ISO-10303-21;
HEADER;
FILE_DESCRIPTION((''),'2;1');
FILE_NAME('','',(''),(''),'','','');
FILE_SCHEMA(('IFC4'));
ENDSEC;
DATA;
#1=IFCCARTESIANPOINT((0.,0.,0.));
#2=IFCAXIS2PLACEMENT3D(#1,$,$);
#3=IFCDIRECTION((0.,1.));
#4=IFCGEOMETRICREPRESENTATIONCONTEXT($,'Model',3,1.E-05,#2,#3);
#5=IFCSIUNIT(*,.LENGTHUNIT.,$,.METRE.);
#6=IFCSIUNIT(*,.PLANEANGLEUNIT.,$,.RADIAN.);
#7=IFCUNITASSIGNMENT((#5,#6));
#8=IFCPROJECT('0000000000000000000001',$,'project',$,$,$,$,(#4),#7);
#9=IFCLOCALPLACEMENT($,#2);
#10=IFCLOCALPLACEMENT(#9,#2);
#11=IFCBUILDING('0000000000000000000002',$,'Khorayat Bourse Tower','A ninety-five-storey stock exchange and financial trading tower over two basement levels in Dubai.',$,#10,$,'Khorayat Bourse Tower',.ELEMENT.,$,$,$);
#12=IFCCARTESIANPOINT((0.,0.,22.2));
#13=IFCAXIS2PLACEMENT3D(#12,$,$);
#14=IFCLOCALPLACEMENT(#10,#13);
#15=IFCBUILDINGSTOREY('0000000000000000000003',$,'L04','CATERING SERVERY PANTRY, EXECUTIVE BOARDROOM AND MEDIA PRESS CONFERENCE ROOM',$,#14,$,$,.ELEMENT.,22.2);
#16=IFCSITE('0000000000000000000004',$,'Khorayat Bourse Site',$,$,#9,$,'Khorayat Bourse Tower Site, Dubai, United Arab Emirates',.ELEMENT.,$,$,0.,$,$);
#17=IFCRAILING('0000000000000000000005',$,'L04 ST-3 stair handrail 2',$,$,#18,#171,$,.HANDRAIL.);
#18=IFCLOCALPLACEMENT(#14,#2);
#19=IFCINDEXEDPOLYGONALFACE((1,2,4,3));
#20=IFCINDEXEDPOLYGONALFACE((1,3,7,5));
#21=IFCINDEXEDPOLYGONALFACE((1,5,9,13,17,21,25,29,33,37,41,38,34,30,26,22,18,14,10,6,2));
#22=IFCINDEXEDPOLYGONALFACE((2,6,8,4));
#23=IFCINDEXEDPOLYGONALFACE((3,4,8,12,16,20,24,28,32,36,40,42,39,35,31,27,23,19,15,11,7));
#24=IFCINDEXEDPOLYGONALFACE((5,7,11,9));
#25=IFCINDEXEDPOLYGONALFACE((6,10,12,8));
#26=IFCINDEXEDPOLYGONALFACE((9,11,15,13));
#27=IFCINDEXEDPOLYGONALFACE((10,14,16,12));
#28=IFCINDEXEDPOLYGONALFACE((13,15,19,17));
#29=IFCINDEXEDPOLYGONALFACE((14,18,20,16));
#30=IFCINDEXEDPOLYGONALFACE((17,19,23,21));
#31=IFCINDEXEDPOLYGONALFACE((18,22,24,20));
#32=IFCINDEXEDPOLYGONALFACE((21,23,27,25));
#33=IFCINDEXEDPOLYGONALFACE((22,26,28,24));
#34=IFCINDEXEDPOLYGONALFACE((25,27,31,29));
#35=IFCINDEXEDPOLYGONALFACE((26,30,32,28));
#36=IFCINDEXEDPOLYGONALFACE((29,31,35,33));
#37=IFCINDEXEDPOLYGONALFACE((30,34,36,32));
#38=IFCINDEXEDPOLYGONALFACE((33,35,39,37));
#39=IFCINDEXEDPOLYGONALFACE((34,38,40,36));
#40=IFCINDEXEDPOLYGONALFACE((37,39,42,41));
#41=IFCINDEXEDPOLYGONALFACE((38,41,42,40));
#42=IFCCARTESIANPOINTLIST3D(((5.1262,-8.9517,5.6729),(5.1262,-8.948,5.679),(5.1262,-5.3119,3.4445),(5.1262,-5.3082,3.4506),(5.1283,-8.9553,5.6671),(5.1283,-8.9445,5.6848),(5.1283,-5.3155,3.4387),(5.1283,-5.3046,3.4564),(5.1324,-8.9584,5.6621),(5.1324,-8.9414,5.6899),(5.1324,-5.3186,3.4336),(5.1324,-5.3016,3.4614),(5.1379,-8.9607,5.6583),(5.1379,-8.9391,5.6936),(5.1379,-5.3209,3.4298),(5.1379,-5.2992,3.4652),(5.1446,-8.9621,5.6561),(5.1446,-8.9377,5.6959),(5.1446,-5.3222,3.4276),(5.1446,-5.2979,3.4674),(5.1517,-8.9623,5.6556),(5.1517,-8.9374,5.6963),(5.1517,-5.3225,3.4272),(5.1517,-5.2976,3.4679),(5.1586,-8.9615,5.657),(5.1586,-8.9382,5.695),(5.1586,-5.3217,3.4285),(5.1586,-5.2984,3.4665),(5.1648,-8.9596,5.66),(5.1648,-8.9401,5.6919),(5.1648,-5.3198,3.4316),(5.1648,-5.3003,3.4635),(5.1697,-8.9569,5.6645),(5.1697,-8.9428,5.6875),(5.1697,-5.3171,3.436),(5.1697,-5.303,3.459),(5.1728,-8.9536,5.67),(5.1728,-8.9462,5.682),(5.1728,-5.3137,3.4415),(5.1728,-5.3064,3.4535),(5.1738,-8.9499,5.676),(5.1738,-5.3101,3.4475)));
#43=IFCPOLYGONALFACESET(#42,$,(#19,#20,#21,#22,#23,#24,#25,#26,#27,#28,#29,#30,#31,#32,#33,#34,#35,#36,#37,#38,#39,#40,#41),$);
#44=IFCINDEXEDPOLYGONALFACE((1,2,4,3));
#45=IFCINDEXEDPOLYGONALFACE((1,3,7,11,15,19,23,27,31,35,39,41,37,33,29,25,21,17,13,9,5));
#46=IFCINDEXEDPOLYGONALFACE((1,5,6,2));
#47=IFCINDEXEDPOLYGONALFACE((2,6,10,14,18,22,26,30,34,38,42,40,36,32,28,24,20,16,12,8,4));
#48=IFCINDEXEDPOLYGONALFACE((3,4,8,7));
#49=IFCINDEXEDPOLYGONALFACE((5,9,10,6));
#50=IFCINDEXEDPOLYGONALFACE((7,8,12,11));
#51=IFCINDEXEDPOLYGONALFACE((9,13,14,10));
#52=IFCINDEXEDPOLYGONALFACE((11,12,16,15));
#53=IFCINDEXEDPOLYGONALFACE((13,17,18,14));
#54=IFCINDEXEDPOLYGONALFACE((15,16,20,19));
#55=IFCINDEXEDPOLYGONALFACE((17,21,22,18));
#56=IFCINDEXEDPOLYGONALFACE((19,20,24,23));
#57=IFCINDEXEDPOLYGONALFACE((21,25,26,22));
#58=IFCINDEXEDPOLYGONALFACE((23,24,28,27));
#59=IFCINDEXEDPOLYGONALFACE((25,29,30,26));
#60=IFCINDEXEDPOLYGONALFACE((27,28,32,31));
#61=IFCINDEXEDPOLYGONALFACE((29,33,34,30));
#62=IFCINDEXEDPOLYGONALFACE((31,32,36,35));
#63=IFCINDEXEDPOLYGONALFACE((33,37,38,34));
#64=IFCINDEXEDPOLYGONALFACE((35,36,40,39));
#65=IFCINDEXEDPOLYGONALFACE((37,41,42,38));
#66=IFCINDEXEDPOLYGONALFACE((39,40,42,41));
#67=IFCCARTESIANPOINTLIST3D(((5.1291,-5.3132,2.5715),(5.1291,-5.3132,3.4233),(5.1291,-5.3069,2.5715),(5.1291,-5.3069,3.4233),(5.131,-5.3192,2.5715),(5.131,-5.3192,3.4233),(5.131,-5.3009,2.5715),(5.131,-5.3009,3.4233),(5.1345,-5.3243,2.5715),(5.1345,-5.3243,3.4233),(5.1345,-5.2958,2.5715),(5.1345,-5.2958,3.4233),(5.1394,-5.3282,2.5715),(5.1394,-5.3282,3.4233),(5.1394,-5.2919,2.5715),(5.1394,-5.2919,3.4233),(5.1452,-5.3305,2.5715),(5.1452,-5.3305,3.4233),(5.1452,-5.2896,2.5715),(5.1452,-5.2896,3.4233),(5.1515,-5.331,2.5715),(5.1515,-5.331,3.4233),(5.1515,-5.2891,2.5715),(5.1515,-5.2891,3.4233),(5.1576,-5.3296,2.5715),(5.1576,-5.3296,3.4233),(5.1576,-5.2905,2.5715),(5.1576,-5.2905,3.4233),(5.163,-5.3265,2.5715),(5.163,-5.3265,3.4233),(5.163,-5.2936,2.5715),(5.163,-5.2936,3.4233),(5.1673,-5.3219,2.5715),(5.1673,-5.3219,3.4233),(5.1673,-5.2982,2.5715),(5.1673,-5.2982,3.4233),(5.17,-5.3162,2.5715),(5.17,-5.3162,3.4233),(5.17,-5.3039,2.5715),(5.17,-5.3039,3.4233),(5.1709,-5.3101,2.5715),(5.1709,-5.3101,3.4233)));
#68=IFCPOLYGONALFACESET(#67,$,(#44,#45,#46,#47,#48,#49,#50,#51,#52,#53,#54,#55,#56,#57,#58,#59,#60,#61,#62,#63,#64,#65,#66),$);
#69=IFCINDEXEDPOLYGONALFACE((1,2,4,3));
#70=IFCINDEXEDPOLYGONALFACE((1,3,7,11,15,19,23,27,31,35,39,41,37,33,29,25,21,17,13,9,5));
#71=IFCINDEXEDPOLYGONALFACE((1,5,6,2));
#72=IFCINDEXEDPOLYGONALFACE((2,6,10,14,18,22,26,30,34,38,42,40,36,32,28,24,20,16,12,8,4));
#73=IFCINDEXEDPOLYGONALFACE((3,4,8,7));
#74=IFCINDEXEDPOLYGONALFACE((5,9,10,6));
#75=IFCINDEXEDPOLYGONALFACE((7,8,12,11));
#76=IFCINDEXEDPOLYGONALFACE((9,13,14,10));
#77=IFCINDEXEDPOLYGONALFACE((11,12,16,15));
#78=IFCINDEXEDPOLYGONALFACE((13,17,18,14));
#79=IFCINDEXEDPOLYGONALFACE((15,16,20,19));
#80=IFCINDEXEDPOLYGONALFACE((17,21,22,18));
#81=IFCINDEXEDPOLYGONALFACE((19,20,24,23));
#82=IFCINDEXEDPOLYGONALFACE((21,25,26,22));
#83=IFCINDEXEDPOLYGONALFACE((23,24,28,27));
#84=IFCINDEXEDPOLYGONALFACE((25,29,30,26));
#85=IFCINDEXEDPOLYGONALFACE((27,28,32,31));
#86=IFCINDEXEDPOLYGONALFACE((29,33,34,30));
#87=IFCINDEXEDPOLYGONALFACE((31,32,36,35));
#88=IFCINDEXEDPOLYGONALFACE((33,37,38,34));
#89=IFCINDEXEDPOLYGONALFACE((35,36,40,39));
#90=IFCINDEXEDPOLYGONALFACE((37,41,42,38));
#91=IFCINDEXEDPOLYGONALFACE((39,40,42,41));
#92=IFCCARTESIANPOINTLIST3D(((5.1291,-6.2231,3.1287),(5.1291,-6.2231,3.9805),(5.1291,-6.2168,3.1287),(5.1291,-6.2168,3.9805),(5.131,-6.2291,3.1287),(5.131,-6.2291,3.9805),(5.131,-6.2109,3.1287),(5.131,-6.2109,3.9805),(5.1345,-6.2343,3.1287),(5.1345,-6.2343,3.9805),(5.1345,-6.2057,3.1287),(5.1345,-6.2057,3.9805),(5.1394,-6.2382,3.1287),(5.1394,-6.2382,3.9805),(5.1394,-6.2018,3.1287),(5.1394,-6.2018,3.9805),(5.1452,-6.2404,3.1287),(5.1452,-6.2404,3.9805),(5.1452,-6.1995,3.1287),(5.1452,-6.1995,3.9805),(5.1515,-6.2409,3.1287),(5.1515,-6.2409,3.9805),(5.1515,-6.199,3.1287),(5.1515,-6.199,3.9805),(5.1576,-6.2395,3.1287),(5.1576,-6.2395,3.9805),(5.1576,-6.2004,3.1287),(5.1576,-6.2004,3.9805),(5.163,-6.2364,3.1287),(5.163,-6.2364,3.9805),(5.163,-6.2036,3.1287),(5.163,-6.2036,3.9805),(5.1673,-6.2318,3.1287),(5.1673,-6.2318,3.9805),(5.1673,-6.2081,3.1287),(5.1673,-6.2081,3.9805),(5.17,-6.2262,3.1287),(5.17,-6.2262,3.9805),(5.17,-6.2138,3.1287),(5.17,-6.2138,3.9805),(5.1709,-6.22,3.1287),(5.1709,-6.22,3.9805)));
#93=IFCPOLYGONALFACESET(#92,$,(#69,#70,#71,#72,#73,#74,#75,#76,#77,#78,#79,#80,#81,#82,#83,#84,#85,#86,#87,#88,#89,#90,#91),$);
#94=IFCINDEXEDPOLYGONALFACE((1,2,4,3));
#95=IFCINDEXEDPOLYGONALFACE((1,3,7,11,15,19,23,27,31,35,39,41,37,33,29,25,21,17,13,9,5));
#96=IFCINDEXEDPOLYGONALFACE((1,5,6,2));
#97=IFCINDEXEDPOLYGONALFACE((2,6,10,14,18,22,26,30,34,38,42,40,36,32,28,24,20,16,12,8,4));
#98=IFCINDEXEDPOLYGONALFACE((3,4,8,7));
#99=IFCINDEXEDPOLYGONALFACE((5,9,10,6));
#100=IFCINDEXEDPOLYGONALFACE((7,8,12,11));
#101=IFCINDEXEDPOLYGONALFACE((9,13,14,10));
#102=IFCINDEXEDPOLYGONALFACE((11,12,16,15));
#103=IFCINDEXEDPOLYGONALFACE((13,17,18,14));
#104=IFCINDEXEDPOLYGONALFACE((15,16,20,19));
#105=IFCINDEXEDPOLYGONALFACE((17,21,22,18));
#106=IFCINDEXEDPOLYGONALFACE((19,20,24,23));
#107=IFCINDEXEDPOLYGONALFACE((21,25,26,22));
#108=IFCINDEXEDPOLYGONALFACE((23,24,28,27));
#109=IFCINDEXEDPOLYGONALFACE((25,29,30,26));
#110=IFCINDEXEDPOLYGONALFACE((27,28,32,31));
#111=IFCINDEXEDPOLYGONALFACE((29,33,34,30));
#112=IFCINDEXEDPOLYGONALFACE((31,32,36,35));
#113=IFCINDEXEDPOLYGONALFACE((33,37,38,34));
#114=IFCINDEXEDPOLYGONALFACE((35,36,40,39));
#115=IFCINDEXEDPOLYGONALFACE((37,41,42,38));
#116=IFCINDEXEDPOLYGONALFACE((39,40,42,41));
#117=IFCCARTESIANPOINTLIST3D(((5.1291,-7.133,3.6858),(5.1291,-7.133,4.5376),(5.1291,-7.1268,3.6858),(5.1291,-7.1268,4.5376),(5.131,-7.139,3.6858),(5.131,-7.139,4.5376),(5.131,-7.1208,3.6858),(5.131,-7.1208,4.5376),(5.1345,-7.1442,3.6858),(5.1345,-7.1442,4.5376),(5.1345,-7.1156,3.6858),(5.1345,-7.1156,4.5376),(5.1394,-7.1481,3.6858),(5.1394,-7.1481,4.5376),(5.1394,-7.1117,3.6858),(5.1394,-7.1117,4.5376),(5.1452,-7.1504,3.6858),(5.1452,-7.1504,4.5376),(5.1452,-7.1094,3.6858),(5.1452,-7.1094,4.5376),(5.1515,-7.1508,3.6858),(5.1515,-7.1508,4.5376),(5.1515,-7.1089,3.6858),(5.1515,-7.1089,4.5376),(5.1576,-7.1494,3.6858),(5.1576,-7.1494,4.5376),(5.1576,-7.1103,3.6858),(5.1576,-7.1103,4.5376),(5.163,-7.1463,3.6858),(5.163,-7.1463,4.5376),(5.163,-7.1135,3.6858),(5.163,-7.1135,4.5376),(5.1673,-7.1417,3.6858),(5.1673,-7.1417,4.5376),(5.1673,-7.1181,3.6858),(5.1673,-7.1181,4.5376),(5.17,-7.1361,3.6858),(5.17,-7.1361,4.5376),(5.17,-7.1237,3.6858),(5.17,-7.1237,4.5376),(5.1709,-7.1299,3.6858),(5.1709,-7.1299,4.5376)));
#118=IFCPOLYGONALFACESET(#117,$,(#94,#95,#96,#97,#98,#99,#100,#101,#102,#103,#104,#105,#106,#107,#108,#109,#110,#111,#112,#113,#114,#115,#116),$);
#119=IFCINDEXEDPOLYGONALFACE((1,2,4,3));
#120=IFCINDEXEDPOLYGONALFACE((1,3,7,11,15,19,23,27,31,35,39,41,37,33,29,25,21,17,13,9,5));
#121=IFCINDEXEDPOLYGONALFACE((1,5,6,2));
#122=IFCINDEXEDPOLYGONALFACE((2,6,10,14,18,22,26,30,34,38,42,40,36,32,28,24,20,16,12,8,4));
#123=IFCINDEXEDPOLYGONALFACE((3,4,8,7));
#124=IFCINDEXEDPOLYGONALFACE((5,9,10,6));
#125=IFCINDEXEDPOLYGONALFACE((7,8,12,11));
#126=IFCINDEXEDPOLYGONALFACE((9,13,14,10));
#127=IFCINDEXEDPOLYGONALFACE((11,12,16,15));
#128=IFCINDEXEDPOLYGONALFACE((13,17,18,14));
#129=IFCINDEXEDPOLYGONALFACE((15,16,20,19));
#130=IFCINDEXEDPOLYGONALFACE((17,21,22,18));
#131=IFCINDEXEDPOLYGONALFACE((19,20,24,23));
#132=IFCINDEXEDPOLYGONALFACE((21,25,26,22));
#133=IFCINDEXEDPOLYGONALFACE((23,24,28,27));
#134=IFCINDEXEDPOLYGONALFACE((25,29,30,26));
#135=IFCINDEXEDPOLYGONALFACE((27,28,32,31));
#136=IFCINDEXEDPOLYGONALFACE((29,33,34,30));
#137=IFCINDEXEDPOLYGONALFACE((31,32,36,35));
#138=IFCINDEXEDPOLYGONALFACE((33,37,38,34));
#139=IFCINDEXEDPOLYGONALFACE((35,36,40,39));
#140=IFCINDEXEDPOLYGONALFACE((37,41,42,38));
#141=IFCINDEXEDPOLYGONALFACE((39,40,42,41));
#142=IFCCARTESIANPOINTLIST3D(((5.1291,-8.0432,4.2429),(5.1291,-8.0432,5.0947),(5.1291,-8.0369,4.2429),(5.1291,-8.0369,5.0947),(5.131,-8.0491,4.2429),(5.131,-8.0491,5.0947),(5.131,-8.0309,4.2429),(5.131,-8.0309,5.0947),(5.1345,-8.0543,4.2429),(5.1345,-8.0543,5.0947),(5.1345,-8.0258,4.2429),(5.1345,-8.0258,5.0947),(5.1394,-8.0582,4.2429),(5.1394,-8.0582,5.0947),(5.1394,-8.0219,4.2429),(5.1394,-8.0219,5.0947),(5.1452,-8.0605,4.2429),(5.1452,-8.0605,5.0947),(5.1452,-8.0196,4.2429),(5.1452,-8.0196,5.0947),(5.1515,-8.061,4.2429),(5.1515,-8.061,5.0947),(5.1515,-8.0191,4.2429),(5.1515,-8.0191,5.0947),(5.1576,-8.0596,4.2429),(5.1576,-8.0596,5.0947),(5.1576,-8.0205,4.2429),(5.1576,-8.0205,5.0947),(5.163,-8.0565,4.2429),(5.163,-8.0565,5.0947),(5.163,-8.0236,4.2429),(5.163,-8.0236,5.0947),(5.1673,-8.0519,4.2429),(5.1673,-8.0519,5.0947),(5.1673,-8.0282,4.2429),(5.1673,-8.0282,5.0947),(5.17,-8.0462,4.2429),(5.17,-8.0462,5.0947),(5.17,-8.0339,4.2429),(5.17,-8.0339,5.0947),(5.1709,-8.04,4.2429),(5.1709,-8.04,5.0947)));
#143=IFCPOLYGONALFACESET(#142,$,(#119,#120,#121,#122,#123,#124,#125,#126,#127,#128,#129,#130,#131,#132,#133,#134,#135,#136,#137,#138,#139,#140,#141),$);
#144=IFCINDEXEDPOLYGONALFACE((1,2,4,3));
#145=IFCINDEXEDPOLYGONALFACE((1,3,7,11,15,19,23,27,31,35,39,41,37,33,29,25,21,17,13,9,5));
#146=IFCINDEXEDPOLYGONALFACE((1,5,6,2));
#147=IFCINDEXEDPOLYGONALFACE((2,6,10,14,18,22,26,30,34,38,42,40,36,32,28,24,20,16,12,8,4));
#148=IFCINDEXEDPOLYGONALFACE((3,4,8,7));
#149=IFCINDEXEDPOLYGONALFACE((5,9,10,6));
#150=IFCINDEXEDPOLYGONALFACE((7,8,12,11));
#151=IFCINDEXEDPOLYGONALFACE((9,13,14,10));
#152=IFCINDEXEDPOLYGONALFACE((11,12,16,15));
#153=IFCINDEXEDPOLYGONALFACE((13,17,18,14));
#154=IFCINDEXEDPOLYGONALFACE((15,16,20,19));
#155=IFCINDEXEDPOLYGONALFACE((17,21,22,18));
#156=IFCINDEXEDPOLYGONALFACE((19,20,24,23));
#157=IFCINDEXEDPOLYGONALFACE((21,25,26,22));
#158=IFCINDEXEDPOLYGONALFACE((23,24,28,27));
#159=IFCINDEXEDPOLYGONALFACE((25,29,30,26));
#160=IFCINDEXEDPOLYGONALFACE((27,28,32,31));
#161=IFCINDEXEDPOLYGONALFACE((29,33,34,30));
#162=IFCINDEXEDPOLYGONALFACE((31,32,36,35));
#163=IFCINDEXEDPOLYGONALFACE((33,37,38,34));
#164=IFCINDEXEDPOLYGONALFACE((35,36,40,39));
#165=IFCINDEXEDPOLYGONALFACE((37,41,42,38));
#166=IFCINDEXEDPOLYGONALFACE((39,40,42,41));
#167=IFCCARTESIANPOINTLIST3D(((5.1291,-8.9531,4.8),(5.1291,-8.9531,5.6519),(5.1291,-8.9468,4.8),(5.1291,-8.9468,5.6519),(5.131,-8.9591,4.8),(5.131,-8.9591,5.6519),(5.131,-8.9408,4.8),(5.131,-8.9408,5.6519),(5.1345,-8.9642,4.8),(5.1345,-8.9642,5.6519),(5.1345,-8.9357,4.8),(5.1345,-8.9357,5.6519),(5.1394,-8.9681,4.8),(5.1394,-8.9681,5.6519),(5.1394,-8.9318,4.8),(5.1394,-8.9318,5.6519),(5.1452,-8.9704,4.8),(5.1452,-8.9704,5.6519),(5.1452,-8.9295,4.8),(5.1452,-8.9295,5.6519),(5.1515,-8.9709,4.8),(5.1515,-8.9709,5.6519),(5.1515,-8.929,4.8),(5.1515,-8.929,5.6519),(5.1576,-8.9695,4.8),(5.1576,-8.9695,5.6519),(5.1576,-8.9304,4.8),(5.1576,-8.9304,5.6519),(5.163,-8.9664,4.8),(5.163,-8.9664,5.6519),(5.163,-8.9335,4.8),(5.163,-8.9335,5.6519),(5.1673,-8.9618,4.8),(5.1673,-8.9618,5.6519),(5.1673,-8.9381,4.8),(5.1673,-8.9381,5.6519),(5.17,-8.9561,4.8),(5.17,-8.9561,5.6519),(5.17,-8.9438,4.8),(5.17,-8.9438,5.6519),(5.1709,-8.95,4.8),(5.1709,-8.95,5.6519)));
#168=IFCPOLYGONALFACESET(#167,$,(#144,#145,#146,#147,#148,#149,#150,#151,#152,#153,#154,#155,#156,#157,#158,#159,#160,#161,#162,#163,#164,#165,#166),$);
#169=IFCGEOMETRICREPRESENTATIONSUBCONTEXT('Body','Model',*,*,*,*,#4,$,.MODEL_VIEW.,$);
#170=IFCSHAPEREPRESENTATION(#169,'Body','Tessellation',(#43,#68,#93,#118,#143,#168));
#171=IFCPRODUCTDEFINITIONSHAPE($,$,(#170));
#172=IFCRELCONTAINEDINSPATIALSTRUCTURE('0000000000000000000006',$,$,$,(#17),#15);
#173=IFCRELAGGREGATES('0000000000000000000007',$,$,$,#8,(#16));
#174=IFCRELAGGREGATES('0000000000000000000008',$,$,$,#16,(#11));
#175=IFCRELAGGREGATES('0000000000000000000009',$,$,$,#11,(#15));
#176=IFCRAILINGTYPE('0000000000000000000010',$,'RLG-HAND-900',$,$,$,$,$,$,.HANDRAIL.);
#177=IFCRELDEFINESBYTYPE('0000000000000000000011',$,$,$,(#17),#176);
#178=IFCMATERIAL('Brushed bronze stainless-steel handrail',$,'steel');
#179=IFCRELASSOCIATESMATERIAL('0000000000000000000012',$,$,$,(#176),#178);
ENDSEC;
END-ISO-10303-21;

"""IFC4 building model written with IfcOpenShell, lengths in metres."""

from ifc_helpers import new_model, si_unit, direction, frame, origin, origin_2d, place, context, subcontext, project, spatial, circle, extrude, source, transform, mapped, material, type_object, element, save


model = new_model("IFC4")

# Units and contexts
model_context = context("Model", 3, precision=1e-05, world=origin(), true_north=direction((0.0, 1.0)))
body_context = subcontext(model_context, "Body", "Model", "MODEL_VIEW")
ifc_project = project(units=[si_unit("LENGTHUNIT", "METRE"), si_unit("PLANEANGLEUNIT", "RADIAN")], contexts=[model_context])

# Site, building, storey
site_placement = place(None, origin())
site = spatial("IfcSite", under=ifc_project, at=site_placement, Name="Khorayat Bourse Site", LongName="Khorayat Bourse Tower Site, Dubai, United Arab Emirates", CompositionType="ELEMENT", RefElevation=0.0)
building_placement = place(site_placement, origin())
building = spatial("IfcBuilding", under=site, at=building_placement, Name="Khorayat Bourse Tower", Description="A ninety-five-storey stock exchange and financial trading tower over two basement levels in Dubai.", LongName="Khorayat Bourse Tower", CompositionType="ELEMENT")
storey_placement = place(building_placement, frame((0.0, 0.0, 22.2)))
storey = spatial("IfcBuildingStorey", under=building, at=storey_placement, Name="L04", Description="CATERING SERVERY PANTRY, EXECUTIVE BOARDROOM AND MEDIA PRESS CONFERENCE ROOM", CompositionType="ELEMENT", Elevation=22.2)

# Railing
ifc_material_1 = material(Name="Brushed bronze stainless-steel handrail", Category="steel")
railing_type_1 = type_object("IfcRailingType", Name="RLG-HAND-900", PredefinedType="HANDRAIL", material=ifc_material_1)
shared_shape_1 = source(origin(), body_context, "Body", "SweptSolid", [
    extrude(circle(Radius=0.0239, at=origin_2d()), frame((0.0, 0.0, 0.876), z_axis=(0.0, -0.85285, 0.522156), x_axis=(1.0, 0.0, 0.0)), (0.0, 0.0, 1.0), 4.2678),
    extrude(circle(Radius=0.021, at=origin_2d()), origin(), (0.0, 0.0, 1.0), 0.8518),
    extrude(circle(Radius=0.021, at=origin_2d()), frame((0.0, -0.9099, 0.5571)), (0.0, 0.0, 1.0), 0.8518),
    extrude(circle(Radius=0.021, at=origin_2d()), frame((0.0, -1.8198, 1.1143)), (0.0, 0.0, 1.0), 0.8518),
    extrude(circle(Radius=0.021, at=origin_2d()), frame((0.0, -2.73, 1.6714)), (0.0, 0.0, 1.0), 0.8518),
    extrude(circle(Radius=0.021, at=origin_2d()), frame((0.0, -3.6399, 2.2285)), (0.0, 0.0, 1.0), 0.8518),
])
railing_1_placement = place(storey_placement, frame((5.1499, -5.3101, 2.5715)))
element("IfcRailing", 1, at=railing_1_placement, inside=storey, type_object=railing_type_1, Name="L04 ST-3 stair handrail 2", PredefinedType="HANDRAIL", context=body_context, shape_type="MappedRepresentation", body=[
    mapped(shared_shape_1, transform((0.0, 0.0, 0.0), scale=1.0)),
])

save(model, "model.ifc")
